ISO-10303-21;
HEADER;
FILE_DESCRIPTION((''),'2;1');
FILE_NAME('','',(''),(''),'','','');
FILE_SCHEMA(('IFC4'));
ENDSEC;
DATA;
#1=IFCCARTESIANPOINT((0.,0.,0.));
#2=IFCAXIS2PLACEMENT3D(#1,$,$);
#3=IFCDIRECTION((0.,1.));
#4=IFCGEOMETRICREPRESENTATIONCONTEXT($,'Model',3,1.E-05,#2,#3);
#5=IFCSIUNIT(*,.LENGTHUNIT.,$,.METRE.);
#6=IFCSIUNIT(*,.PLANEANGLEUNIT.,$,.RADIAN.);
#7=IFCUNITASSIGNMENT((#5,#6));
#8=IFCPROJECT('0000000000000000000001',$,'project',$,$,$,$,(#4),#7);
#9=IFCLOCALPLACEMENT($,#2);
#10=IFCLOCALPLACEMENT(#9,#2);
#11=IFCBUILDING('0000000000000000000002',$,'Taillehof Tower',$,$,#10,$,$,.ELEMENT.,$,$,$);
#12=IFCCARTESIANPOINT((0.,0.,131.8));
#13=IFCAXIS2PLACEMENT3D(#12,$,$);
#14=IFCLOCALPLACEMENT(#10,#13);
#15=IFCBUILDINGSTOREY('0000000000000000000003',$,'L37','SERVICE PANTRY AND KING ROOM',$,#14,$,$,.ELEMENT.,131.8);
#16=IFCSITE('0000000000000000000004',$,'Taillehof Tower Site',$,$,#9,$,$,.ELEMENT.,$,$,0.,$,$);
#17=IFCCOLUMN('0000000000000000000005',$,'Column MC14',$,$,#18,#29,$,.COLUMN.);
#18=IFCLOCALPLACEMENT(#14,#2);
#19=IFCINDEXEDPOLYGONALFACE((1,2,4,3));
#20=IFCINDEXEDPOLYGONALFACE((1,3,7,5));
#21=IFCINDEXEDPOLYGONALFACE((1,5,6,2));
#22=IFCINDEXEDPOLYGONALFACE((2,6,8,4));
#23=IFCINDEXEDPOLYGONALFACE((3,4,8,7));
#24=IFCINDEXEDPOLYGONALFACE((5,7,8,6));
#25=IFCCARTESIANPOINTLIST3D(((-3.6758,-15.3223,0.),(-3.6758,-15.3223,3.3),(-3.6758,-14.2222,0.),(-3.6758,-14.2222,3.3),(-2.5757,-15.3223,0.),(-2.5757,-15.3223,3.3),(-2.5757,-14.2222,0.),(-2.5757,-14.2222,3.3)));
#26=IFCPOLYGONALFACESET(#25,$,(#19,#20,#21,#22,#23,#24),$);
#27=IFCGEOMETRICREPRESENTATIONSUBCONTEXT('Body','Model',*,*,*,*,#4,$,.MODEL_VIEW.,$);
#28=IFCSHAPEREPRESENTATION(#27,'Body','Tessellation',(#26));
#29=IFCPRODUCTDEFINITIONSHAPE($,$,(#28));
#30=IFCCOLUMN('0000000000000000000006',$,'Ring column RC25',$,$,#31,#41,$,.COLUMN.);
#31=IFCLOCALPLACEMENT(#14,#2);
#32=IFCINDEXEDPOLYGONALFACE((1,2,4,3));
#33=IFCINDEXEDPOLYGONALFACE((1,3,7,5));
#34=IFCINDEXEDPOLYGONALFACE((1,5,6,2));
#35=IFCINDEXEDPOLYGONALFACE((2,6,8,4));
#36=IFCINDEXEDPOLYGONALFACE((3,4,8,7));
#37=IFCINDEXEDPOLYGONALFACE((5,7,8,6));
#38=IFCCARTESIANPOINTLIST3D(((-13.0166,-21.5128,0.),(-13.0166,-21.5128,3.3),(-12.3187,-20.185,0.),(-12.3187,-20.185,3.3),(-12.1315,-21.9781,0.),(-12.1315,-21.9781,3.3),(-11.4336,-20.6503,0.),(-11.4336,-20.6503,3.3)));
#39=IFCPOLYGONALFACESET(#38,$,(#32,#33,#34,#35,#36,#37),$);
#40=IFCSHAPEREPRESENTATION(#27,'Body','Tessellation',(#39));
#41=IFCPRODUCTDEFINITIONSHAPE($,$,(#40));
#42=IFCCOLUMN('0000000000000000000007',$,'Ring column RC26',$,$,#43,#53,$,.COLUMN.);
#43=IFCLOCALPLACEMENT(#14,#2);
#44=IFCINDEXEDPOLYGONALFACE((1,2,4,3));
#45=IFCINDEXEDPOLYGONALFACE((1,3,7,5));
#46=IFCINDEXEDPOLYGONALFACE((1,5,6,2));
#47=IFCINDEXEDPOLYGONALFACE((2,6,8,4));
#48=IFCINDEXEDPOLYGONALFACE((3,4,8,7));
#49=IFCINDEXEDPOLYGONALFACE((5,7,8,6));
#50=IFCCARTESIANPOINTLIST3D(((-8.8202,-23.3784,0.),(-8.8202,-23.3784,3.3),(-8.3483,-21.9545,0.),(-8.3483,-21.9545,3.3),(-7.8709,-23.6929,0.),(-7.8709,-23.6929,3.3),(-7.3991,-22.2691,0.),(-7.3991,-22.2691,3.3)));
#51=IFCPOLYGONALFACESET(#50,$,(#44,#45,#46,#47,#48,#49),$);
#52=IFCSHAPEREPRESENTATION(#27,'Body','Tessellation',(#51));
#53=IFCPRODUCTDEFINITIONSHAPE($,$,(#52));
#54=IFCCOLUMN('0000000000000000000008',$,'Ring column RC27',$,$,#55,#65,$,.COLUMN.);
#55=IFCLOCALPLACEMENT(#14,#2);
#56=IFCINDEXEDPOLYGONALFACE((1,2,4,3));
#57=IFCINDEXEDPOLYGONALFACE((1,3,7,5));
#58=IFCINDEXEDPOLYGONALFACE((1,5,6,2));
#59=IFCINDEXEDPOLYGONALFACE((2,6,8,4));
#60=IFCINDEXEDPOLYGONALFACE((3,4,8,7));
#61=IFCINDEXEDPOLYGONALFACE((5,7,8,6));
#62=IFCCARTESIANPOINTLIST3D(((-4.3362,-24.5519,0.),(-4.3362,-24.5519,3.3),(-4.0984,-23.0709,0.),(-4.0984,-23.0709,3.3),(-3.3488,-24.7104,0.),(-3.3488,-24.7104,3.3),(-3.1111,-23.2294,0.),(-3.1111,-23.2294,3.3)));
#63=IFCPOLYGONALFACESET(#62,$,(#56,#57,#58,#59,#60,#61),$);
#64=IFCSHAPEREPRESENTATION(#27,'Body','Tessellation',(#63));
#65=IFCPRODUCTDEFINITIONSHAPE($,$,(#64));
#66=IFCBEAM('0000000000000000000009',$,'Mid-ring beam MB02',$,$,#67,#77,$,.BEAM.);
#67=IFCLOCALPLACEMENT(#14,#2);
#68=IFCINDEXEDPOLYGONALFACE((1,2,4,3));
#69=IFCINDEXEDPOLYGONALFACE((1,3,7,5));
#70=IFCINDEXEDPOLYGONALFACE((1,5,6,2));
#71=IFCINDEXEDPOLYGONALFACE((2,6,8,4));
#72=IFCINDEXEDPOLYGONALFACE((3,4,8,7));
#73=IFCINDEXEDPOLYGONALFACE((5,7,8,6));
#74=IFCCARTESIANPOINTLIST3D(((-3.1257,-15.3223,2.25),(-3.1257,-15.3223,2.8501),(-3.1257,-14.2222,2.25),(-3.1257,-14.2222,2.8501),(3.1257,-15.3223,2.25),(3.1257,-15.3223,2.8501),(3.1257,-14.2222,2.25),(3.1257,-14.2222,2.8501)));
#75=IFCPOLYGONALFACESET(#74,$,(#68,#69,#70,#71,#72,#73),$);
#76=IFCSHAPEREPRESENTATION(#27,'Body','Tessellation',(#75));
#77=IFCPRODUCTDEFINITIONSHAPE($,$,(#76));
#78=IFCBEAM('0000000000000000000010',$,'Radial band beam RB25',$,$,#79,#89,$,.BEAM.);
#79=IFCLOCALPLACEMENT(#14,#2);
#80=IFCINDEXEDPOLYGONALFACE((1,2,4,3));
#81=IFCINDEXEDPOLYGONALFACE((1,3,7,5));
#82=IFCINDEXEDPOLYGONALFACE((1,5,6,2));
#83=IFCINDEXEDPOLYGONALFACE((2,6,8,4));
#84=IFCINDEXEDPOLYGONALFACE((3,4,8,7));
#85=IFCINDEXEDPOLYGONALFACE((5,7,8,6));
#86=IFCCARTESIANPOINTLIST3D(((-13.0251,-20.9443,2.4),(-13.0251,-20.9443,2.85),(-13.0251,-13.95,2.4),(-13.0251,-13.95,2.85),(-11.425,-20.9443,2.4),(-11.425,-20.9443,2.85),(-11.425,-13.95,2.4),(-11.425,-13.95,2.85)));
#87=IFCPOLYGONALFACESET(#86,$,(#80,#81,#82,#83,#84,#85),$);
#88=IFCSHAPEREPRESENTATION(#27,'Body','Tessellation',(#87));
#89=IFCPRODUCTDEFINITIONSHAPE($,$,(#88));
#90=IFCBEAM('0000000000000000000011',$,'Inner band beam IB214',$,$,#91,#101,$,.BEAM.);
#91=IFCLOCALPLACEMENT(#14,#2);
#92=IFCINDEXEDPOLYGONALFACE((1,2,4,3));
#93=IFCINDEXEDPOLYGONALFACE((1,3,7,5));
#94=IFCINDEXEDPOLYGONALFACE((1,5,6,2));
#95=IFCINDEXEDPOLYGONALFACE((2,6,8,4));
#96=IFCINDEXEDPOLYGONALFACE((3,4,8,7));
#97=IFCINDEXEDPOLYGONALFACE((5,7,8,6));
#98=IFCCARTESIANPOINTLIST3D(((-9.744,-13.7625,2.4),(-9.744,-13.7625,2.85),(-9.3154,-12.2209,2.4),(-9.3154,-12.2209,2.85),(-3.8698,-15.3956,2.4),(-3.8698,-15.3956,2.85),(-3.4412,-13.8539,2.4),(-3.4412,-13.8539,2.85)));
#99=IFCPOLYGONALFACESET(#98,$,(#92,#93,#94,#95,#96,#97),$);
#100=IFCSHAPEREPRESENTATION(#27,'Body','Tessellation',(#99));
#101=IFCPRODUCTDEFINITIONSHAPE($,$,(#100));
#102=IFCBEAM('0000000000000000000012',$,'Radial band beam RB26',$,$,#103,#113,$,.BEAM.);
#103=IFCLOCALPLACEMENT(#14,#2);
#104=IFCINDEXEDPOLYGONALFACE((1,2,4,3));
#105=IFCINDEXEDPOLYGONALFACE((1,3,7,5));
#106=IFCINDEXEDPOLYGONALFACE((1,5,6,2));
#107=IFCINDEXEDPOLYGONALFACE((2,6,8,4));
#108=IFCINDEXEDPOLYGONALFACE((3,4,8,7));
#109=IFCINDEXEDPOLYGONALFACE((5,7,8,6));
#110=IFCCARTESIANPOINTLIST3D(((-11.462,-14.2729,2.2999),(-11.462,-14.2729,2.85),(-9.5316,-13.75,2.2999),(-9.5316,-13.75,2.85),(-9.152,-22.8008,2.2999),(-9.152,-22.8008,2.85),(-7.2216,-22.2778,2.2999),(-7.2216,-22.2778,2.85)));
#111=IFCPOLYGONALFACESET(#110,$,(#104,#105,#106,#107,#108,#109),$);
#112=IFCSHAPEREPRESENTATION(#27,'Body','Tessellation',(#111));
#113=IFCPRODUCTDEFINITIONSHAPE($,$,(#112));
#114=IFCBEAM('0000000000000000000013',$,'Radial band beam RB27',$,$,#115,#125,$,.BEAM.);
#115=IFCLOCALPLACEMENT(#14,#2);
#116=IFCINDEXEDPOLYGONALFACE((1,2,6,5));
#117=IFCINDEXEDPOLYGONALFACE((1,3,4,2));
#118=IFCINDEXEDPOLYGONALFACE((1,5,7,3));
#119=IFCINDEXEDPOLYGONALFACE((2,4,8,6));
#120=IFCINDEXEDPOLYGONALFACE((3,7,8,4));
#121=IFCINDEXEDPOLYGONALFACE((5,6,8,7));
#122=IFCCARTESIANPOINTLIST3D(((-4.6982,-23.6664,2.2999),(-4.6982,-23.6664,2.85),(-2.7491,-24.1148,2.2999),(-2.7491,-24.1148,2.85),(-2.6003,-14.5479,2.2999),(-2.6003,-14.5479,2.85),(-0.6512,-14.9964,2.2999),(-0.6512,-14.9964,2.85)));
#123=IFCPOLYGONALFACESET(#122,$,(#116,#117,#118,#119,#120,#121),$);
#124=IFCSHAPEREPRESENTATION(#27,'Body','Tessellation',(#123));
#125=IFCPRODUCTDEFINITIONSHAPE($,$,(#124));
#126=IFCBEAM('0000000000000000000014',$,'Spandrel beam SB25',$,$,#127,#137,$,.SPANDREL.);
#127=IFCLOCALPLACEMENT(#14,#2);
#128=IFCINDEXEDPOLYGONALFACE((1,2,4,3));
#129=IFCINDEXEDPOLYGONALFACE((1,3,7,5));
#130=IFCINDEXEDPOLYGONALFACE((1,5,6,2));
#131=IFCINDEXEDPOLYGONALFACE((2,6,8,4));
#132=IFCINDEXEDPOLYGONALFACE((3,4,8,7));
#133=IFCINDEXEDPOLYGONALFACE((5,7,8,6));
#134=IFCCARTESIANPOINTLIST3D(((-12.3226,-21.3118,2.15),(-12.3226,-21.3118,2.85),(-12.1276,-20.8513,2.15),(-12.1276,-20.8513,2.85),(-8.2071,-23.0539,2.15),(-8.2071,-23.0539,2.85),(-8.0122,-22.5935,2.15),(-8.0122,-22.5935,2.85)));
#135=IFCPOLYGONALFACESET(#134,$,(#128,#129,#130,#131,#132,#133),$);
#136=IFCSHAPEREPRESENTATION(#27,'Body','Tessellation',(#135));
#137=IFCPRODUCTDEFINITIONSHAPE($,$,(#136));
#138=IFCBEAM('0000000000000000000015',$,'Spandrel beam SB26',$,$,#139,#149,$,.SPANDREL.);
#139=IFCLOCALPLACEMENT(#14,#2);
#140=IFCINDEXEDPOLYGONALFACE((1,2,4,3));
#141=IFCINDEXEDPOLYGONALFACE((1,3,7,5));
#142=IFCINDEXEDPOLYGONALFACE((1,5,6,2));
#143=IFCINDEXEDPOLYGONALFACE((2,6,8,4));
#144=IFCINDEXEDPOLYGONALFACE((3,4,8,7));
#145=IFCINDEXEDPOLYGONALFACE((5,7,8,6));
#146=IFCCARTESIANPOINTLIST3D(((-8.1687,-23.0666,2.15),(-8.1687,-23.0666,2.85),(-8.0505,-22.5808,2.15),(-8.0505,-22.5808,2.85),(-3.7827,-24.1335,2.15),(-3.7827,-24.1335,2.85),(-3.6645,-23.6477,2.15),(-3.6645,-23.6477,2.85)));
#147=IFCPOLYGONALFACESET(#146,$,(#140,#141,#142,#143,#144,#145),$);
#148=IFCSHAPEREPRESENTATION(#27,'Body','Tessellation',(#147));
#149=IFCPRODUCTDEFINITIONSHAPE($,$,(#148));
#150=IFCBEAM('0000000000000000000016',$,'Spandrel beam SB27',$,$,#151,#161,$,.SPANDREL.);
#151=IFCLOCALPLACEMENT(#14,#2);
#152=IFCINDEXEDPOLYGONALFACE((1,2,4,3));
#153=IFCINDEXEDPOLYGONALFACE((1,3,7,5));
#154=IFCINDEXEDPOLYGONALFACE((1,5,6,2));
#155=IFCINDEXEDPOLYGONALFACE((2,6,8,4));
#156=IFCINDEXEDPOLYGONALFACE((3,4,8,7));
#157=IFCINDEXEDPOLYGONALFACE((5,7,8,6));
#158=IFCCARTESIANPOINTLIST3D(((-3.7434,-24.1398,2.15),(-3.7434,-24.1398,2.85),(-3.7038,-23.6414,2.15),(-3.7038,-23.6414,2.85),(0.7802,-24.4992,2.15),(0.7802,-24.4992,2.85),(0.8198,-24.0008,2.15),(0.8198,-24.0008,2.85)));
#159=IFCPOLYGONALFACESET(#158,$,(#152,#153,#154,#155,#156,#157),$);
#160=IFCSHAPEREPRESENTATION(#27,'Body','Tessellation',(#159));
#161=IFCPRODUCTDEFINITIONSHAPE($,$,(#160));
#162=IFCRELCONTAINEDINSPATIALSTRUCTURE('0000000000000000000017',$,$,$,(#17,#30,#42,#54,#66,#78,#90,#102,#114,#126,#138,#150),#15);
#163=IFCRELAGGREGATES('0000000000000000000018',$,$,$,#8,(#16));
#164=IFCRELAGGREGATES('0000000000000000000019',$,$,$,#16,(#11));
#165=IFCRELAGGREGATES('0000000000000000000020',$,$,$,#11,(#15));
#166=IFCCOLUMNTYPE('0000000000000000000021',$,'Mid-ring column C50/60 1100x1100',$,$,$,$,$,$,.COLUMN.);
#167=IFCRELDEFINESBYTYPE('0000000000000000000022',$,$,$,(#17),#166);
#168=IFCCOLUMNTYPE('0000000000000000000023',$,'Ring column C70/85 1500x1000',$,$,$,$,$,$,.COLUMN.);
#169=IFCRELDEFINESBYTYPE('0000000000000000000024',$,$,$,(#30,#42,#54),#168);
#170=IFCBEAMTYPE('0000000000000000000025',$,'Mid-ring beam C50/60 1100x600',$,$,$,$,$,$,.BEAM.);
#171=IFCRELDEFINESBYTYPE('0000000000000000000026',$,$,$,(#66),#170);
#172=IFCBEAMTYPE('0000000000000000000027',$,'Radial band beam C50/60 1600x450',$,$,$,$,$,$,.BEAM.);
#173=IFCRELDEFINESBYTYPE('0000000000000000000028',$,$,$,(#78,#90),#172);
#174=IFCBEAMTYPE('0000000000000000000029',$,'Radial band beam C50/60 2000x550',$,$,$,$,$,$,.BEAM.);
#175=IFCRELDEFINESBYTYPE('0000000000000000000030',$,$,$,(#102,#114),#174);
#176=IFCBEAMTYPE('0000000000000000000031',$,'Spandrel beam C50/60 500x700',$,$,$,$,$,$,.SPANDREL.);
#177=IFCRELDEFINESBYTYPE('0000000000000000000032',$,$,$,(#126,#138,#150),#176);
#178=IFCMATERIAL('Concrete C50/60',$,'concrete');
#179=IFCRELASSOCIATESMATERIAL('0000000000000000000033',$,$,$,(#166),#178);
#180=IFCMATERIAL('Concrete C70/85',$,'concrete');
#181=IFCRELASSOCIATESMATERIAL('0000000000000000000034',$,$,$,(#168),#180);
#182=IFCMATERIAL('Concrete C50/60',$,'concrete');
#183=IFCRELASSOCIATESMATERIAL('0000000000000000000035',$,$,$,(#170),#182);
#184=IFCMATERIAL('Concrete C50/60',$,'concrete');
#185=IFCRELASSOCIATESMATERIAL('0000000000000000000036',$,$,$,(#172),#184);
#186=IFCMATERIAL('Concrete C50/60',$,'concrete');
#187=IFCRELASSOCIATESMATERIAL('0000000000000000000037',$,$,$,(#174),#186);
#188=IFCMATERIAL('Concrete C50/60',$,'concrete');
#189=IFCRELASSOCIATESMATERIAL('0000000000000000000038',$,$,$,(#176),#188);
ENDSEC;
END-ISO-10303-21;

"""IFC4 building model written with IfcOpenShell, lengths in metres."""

from ifc_helpers import new_model, si_unit, direction, frame, origin, origin_2d, place, context, subcontext, project, spatial, rectangle, extrude, material, material_profile, profile_set, type_object, element, save


model = new_model("IFC4")

# Units and contexts
model_context = context("Model", 3, precision=1e-05, world=origin(), true_north=direction((0.0, 1.0)))
body_context = subcontext(model_context, "Body", "Model", "MODEL_VIEW")
ifc_project = project(units=[si_unit("LENGTHUNIT", "METRE"), si_unit("PLANEANGLEUNIT", "RADIAN")], contexts=[model_context])

# Site, building, storey
site_placement = place(None, origin())
site = spatial("IfcSite", under=ifc_project, at=site_placement, Name="Taillehof Tower Site", CompositionType="ELEMENT", RefElevation=0.0)
building_placement = place(site_placement, origin())
building = spatial("IfcBuilding", under=site, at=building_placement, Name="Taillehof Tower", CompositionType="ELEMENT")
storey_placement = place(building_placement, frame((0.0, 0.0, 131.8)))
storey = spatial("IfcBuildingStorey", under=building, at=storey_placement, Name="L37", Description="SERVICE PANTRY AND KING ROOM", CompositionType="ELEMENT", Elevation=131.8)

# Columns
ifc_material_1 = material(Name="Concrete C50/60", Category="concrete")
ifc_material_profile_1 = material_profile(ifc_material_1, rectangle(XDim=1.1001, YDim=1.1001, at=origin_2d()), Name="RC 1100x1100")
ifc_profile_set_1 = profile_set([ifc_material_profile_1], Name="Concrete C50/60")
column_type_1 = type_object("IfcColumnType", Name="Mid-ring column C50/60 1100x1100", PredefinedType="COLUMN", material=ifc_profile_set_1)
column_placement = place(storey_placement, frame((-3.1257, -14.7722, 0.0), z_axis=(0.0, 0.0, 1.0), x_axis=(1.0, 0.0, 0.0)))
element("IfcColumn", 1, at=column_placement, inside=storey, type_object=column_type_1, Name="Column MC14", PredefinedType="COLUMN", context=body_context, shape_type="SweptSolid", body=[
    extrude(rectangle(XDim=1.1001, YDim=1.1001, at=origin_2d()), origin(), (0.0, 0.0, 1.0), 3.3),
])
ifc_material_2 = material(Name="Concrete C70/85", Category="concrete")
ifc_material_profile_2 = material_profile(ifc_material_2, rectangle(XDim=1.5, YDim=1.0, at=origin_2d()), Name="RC 1500x1000")
ifc_profile_set_2 = profile_set([ifc_material_profile_2], Name="Concrete C70/85")
column_type_2 = type_object("IfcColumnType", Name="Ring column C70/85 1500x1000", PredefinedType="COLUMN", material=ifc_profile_set_2)
for number, where, z_axis, x_axis, name in (
    (2, (-12.2251, -21.0815, 0.0), (0.0, 0.0, 1.0), (-0.465283, -0.885162, 0.0), "Ring column RC25"),
    (3, (-8.1096, -22.8237, 0.0), (0.0, 0.0, 1.0), (-0.314555, -0.949239, 0.0), "Ring column RC26"),
    (4, (-3.7236, -23.8906, 0.0), (0.0, 0.0, 1.0), (-0.158507, -0.987358, 0.0), "Ring column RC27"),
):
    element("IfcColumn", number, at=place(storey_placement, frame(where, z_axis=z_axis, x_axis=x_axis)), inside=storey, type_object=column_type_2, Name=name, PredefinedType="COLUMN", context=body_context, shape_type="SweptSolid", body=[
        extrude(rectangle(XDim=1.5, YDim=1.0, at=origin_2d()), origin(), (0.0, 0.0, 1.0), 3.3),
    ])

# Beams
ifc_material_3 = material(Name="Concrete C50/60", Category="concrete")
ifc_material_profile_3 = material_profile(ifc_material_3, rectangle(XDim=1.1001, YDim=0.6001, at=origin_2d()), Name="RC 1100x600")
ifc_profile_set_3 = profile_set([ifc_material_profile_3], Name="Concrete C50/60")
beam_type_1 = type_object("IfcBeamType", Name="Mid-ring beam C50/60 1100x600", PredefinedType="BEAM", material=ifc_profile_set_3)
beam_1_placement = place(storey_placement, frame((-3.1257, -14.7722, 2.55), z_axis=(1.0, 0.0, 0.0), x_axis=(0.0, 1.0, 0.0)))
element("IfcBeam", 5, at=beam_1_placement, inside=storey, type_object=beam_type_1, Name="Mid-ring beam MB02", PredefinedType="BEAM", context=body_context, shape_type="SweptSolid", body=[
    extrude(rectangle(XDim=1.1001, YDim=0.6001, at=origin_2d()), origin(), (0.0, 0.0, 1.0), 6.2515),
])
ifc_material_4 = material(Name="Concrete C50/60", Category="concrete")
ifc_material_profile_4 = material_profile(ifc_material_4, rectangle(XDim=1.6001, YDim=0.45, at=origin_2d()), Name="RC 1600x450")
ifc_profile_set_4 = profile_set([ifc_material_profile_4], Name="Concrete C50/60")
beam_type_2 = type_object("IfcBeamType", Name="Radial band beam C50/60 1600x450", PredefinedType="BEAM", material=ifc_profile_set_4)
beam_2_placement = place(storey_placement, frame((-12.2251, -20.9443, 2.625), z_axis=(0.0, 1.0, 0.0), x_axis=(-1.0, 0.0, 0.0)))
element("IfcBeam", 6, at=beam_2_placement, inside=storey, type_object=beam_type_2, Name="Radial band beam RB25", PredefinedType="BEAM", context=body_context, shape_type="SweptSolid", body=[
    extrude(rectangle(XDim=1.6001, YDim=0.45, at=origin_2d()), origin(), (0.0, 0.0, 1.0), 6.9944),
])
beam_3_placement = place(storey_placement, frame((-3.6555, -14.6248, 2.625), z_axis=(-0.963459, 0.267855, 0.0), x_axis=(-0.267855, -0.963459, 0.0)))
element("IfcBeam", 7, at=beam_3_placement, inside=storey, type_object=beam_type_2, Name="Inner band beam IB214", PredefinedType="BEAM", context=body_context, shape_type="SweptSolid", body=[
    extrude(rectangle(XDim=1.6001, YDim=0.45, at=origin_2d()), origin(), (0.0, 0.0, 1.0), 6.0969),
])
ifc_material_5 = material(Name="Concrete C50/60", Category="concrete")
ifc_material_profile_5 = material_profile(ifc_material_5, rectangle(XDim=2.0, YDim=0.55, at=origin_2d()), Name="RC 2000x550")
ifc_profile_set_5 = profile_set([ifc_material_profile_5], Name="Concrete C50/60")
beam_type_3 = type_object("IfcBeamType", Name="Radial band beam C50/60 2000x550", PredefinedType="BEAM", material=ifc_profile_set_5)
beam_4_placement = place(storey_placement, frame((-8.1868, -22.5393, 2.575), z_axis=(-0.261462, 0.965214, 0.0), x_axis=(-0.965214, -0.261462, 0.0)))
element("IfcBeam", 8, at=beam_4_placement, inside=storey, type_object=beam_type_3, Name="Radial band beam RB26", PredefinedType="BEAM", context=body_context, shape_type="SweptSolid", body=[
    extrude(rectangle(XDim=2.0, YDim=0.55, at=origin_2d()), origin(), (0.0, 0.0, 1.0), 8.8352),
])
beam_5_placement = place(storey_placement, frame((-3.7236, -23.8906, 2.575), z_axis=(0.224215, 0.97454, 0.0), x_axis=(-0.97454, 0.224215, 0.0)))
element("IfcBeam", 9, at=beam_5_placement, inside=storey, type_object=beam_type_3, Name="Radial band beam RB27", PredefinedType="BEAM", context=body_context, shape_type="SweptSolid", body=[
    extrude(rectangle(XDim=2.0, YDim=0.55, at=origin_2d()), origin(), (0.0, 0.0, 1.0), 9.3567),
])
ifc_material_6 = material(Name="Concrete C50/60", Category="concrete")
ifc_material_profile_6 = material_profile(ifc_material_6, rectangle(XDim=0.5, YDim=0.7, at=origin_2d()), Name="RC 500x700")
ifc_profile_set_6 = profile_set([ifc_material_profile_6], Name="Concrete C50/60")
beam_type_4 = type_object("IfcBeamType", Name="Spandrel beam C50/60 500x700", PredefinedType="SPANDREL", material=ifc_profile_set_6)
beam_6_placement = place(storey_placement, frame((-12.2251, -21.0815, 2.5), z_axis=(0.920885, -0.389834, 0.0), x_axis=(0.389834, 0.920885, 0.0)))
element("IfcBeam", 10, at=beam_6_placement, inside=storey, type_object=beam_type_4, Name="Spandrel beam SB25", PredefinedType="SPANDREL", context=body_context, shape_type="SweptSolid", body=[
    extrude(rectangle(XDim=0.5, YDim=0.7, at=origin_2d()), origin(), (0.0, 0.0, 1.0), 4.469),
])
beam_7_placement = place(storey_placement, frame((-8.1096, -22.8237, 2.5), z_axis=(0.971666, -0.236358, 0.0), x_axis=(0.236358, 0.971666, 0.0)))
element("IfcBeam", 11, at=beam_7_placement, inside=storey, type_object=beam_type_4, Name="Spandrel beam SB26", PredefinedType="SPANDREL", context=body_context, shape_type="SweptSolid", body=[
    extrude(rectangle(XDim=0.5, YDim=0.7, at=origin_2d()), origin(), (0.0, 0.0, 1.0), 4.5139),
])
beam_8_placement = place(storey_placement, frame((-3.7236, -23.8906, 2.5), z_axis=(0.996859, -0.079194, 0.0), x_axis=(0.079194, 0.996859, 0.0)))
element("IfcBeam", 12, at=beam_8_placement, inside=storey, type_object=beam_type_4, Name="Spandrel beam SB27", PredefinedType="SPANDREL", context=body_context, shape_type="SweptSolid", body=[
    extrude(rectangle(XDim=0.5, YDim=0.7, at=origin_2d()), origin(), (0.0, 0.0, 1.0), 4.5378),
])

save(model, "model.ifc")
